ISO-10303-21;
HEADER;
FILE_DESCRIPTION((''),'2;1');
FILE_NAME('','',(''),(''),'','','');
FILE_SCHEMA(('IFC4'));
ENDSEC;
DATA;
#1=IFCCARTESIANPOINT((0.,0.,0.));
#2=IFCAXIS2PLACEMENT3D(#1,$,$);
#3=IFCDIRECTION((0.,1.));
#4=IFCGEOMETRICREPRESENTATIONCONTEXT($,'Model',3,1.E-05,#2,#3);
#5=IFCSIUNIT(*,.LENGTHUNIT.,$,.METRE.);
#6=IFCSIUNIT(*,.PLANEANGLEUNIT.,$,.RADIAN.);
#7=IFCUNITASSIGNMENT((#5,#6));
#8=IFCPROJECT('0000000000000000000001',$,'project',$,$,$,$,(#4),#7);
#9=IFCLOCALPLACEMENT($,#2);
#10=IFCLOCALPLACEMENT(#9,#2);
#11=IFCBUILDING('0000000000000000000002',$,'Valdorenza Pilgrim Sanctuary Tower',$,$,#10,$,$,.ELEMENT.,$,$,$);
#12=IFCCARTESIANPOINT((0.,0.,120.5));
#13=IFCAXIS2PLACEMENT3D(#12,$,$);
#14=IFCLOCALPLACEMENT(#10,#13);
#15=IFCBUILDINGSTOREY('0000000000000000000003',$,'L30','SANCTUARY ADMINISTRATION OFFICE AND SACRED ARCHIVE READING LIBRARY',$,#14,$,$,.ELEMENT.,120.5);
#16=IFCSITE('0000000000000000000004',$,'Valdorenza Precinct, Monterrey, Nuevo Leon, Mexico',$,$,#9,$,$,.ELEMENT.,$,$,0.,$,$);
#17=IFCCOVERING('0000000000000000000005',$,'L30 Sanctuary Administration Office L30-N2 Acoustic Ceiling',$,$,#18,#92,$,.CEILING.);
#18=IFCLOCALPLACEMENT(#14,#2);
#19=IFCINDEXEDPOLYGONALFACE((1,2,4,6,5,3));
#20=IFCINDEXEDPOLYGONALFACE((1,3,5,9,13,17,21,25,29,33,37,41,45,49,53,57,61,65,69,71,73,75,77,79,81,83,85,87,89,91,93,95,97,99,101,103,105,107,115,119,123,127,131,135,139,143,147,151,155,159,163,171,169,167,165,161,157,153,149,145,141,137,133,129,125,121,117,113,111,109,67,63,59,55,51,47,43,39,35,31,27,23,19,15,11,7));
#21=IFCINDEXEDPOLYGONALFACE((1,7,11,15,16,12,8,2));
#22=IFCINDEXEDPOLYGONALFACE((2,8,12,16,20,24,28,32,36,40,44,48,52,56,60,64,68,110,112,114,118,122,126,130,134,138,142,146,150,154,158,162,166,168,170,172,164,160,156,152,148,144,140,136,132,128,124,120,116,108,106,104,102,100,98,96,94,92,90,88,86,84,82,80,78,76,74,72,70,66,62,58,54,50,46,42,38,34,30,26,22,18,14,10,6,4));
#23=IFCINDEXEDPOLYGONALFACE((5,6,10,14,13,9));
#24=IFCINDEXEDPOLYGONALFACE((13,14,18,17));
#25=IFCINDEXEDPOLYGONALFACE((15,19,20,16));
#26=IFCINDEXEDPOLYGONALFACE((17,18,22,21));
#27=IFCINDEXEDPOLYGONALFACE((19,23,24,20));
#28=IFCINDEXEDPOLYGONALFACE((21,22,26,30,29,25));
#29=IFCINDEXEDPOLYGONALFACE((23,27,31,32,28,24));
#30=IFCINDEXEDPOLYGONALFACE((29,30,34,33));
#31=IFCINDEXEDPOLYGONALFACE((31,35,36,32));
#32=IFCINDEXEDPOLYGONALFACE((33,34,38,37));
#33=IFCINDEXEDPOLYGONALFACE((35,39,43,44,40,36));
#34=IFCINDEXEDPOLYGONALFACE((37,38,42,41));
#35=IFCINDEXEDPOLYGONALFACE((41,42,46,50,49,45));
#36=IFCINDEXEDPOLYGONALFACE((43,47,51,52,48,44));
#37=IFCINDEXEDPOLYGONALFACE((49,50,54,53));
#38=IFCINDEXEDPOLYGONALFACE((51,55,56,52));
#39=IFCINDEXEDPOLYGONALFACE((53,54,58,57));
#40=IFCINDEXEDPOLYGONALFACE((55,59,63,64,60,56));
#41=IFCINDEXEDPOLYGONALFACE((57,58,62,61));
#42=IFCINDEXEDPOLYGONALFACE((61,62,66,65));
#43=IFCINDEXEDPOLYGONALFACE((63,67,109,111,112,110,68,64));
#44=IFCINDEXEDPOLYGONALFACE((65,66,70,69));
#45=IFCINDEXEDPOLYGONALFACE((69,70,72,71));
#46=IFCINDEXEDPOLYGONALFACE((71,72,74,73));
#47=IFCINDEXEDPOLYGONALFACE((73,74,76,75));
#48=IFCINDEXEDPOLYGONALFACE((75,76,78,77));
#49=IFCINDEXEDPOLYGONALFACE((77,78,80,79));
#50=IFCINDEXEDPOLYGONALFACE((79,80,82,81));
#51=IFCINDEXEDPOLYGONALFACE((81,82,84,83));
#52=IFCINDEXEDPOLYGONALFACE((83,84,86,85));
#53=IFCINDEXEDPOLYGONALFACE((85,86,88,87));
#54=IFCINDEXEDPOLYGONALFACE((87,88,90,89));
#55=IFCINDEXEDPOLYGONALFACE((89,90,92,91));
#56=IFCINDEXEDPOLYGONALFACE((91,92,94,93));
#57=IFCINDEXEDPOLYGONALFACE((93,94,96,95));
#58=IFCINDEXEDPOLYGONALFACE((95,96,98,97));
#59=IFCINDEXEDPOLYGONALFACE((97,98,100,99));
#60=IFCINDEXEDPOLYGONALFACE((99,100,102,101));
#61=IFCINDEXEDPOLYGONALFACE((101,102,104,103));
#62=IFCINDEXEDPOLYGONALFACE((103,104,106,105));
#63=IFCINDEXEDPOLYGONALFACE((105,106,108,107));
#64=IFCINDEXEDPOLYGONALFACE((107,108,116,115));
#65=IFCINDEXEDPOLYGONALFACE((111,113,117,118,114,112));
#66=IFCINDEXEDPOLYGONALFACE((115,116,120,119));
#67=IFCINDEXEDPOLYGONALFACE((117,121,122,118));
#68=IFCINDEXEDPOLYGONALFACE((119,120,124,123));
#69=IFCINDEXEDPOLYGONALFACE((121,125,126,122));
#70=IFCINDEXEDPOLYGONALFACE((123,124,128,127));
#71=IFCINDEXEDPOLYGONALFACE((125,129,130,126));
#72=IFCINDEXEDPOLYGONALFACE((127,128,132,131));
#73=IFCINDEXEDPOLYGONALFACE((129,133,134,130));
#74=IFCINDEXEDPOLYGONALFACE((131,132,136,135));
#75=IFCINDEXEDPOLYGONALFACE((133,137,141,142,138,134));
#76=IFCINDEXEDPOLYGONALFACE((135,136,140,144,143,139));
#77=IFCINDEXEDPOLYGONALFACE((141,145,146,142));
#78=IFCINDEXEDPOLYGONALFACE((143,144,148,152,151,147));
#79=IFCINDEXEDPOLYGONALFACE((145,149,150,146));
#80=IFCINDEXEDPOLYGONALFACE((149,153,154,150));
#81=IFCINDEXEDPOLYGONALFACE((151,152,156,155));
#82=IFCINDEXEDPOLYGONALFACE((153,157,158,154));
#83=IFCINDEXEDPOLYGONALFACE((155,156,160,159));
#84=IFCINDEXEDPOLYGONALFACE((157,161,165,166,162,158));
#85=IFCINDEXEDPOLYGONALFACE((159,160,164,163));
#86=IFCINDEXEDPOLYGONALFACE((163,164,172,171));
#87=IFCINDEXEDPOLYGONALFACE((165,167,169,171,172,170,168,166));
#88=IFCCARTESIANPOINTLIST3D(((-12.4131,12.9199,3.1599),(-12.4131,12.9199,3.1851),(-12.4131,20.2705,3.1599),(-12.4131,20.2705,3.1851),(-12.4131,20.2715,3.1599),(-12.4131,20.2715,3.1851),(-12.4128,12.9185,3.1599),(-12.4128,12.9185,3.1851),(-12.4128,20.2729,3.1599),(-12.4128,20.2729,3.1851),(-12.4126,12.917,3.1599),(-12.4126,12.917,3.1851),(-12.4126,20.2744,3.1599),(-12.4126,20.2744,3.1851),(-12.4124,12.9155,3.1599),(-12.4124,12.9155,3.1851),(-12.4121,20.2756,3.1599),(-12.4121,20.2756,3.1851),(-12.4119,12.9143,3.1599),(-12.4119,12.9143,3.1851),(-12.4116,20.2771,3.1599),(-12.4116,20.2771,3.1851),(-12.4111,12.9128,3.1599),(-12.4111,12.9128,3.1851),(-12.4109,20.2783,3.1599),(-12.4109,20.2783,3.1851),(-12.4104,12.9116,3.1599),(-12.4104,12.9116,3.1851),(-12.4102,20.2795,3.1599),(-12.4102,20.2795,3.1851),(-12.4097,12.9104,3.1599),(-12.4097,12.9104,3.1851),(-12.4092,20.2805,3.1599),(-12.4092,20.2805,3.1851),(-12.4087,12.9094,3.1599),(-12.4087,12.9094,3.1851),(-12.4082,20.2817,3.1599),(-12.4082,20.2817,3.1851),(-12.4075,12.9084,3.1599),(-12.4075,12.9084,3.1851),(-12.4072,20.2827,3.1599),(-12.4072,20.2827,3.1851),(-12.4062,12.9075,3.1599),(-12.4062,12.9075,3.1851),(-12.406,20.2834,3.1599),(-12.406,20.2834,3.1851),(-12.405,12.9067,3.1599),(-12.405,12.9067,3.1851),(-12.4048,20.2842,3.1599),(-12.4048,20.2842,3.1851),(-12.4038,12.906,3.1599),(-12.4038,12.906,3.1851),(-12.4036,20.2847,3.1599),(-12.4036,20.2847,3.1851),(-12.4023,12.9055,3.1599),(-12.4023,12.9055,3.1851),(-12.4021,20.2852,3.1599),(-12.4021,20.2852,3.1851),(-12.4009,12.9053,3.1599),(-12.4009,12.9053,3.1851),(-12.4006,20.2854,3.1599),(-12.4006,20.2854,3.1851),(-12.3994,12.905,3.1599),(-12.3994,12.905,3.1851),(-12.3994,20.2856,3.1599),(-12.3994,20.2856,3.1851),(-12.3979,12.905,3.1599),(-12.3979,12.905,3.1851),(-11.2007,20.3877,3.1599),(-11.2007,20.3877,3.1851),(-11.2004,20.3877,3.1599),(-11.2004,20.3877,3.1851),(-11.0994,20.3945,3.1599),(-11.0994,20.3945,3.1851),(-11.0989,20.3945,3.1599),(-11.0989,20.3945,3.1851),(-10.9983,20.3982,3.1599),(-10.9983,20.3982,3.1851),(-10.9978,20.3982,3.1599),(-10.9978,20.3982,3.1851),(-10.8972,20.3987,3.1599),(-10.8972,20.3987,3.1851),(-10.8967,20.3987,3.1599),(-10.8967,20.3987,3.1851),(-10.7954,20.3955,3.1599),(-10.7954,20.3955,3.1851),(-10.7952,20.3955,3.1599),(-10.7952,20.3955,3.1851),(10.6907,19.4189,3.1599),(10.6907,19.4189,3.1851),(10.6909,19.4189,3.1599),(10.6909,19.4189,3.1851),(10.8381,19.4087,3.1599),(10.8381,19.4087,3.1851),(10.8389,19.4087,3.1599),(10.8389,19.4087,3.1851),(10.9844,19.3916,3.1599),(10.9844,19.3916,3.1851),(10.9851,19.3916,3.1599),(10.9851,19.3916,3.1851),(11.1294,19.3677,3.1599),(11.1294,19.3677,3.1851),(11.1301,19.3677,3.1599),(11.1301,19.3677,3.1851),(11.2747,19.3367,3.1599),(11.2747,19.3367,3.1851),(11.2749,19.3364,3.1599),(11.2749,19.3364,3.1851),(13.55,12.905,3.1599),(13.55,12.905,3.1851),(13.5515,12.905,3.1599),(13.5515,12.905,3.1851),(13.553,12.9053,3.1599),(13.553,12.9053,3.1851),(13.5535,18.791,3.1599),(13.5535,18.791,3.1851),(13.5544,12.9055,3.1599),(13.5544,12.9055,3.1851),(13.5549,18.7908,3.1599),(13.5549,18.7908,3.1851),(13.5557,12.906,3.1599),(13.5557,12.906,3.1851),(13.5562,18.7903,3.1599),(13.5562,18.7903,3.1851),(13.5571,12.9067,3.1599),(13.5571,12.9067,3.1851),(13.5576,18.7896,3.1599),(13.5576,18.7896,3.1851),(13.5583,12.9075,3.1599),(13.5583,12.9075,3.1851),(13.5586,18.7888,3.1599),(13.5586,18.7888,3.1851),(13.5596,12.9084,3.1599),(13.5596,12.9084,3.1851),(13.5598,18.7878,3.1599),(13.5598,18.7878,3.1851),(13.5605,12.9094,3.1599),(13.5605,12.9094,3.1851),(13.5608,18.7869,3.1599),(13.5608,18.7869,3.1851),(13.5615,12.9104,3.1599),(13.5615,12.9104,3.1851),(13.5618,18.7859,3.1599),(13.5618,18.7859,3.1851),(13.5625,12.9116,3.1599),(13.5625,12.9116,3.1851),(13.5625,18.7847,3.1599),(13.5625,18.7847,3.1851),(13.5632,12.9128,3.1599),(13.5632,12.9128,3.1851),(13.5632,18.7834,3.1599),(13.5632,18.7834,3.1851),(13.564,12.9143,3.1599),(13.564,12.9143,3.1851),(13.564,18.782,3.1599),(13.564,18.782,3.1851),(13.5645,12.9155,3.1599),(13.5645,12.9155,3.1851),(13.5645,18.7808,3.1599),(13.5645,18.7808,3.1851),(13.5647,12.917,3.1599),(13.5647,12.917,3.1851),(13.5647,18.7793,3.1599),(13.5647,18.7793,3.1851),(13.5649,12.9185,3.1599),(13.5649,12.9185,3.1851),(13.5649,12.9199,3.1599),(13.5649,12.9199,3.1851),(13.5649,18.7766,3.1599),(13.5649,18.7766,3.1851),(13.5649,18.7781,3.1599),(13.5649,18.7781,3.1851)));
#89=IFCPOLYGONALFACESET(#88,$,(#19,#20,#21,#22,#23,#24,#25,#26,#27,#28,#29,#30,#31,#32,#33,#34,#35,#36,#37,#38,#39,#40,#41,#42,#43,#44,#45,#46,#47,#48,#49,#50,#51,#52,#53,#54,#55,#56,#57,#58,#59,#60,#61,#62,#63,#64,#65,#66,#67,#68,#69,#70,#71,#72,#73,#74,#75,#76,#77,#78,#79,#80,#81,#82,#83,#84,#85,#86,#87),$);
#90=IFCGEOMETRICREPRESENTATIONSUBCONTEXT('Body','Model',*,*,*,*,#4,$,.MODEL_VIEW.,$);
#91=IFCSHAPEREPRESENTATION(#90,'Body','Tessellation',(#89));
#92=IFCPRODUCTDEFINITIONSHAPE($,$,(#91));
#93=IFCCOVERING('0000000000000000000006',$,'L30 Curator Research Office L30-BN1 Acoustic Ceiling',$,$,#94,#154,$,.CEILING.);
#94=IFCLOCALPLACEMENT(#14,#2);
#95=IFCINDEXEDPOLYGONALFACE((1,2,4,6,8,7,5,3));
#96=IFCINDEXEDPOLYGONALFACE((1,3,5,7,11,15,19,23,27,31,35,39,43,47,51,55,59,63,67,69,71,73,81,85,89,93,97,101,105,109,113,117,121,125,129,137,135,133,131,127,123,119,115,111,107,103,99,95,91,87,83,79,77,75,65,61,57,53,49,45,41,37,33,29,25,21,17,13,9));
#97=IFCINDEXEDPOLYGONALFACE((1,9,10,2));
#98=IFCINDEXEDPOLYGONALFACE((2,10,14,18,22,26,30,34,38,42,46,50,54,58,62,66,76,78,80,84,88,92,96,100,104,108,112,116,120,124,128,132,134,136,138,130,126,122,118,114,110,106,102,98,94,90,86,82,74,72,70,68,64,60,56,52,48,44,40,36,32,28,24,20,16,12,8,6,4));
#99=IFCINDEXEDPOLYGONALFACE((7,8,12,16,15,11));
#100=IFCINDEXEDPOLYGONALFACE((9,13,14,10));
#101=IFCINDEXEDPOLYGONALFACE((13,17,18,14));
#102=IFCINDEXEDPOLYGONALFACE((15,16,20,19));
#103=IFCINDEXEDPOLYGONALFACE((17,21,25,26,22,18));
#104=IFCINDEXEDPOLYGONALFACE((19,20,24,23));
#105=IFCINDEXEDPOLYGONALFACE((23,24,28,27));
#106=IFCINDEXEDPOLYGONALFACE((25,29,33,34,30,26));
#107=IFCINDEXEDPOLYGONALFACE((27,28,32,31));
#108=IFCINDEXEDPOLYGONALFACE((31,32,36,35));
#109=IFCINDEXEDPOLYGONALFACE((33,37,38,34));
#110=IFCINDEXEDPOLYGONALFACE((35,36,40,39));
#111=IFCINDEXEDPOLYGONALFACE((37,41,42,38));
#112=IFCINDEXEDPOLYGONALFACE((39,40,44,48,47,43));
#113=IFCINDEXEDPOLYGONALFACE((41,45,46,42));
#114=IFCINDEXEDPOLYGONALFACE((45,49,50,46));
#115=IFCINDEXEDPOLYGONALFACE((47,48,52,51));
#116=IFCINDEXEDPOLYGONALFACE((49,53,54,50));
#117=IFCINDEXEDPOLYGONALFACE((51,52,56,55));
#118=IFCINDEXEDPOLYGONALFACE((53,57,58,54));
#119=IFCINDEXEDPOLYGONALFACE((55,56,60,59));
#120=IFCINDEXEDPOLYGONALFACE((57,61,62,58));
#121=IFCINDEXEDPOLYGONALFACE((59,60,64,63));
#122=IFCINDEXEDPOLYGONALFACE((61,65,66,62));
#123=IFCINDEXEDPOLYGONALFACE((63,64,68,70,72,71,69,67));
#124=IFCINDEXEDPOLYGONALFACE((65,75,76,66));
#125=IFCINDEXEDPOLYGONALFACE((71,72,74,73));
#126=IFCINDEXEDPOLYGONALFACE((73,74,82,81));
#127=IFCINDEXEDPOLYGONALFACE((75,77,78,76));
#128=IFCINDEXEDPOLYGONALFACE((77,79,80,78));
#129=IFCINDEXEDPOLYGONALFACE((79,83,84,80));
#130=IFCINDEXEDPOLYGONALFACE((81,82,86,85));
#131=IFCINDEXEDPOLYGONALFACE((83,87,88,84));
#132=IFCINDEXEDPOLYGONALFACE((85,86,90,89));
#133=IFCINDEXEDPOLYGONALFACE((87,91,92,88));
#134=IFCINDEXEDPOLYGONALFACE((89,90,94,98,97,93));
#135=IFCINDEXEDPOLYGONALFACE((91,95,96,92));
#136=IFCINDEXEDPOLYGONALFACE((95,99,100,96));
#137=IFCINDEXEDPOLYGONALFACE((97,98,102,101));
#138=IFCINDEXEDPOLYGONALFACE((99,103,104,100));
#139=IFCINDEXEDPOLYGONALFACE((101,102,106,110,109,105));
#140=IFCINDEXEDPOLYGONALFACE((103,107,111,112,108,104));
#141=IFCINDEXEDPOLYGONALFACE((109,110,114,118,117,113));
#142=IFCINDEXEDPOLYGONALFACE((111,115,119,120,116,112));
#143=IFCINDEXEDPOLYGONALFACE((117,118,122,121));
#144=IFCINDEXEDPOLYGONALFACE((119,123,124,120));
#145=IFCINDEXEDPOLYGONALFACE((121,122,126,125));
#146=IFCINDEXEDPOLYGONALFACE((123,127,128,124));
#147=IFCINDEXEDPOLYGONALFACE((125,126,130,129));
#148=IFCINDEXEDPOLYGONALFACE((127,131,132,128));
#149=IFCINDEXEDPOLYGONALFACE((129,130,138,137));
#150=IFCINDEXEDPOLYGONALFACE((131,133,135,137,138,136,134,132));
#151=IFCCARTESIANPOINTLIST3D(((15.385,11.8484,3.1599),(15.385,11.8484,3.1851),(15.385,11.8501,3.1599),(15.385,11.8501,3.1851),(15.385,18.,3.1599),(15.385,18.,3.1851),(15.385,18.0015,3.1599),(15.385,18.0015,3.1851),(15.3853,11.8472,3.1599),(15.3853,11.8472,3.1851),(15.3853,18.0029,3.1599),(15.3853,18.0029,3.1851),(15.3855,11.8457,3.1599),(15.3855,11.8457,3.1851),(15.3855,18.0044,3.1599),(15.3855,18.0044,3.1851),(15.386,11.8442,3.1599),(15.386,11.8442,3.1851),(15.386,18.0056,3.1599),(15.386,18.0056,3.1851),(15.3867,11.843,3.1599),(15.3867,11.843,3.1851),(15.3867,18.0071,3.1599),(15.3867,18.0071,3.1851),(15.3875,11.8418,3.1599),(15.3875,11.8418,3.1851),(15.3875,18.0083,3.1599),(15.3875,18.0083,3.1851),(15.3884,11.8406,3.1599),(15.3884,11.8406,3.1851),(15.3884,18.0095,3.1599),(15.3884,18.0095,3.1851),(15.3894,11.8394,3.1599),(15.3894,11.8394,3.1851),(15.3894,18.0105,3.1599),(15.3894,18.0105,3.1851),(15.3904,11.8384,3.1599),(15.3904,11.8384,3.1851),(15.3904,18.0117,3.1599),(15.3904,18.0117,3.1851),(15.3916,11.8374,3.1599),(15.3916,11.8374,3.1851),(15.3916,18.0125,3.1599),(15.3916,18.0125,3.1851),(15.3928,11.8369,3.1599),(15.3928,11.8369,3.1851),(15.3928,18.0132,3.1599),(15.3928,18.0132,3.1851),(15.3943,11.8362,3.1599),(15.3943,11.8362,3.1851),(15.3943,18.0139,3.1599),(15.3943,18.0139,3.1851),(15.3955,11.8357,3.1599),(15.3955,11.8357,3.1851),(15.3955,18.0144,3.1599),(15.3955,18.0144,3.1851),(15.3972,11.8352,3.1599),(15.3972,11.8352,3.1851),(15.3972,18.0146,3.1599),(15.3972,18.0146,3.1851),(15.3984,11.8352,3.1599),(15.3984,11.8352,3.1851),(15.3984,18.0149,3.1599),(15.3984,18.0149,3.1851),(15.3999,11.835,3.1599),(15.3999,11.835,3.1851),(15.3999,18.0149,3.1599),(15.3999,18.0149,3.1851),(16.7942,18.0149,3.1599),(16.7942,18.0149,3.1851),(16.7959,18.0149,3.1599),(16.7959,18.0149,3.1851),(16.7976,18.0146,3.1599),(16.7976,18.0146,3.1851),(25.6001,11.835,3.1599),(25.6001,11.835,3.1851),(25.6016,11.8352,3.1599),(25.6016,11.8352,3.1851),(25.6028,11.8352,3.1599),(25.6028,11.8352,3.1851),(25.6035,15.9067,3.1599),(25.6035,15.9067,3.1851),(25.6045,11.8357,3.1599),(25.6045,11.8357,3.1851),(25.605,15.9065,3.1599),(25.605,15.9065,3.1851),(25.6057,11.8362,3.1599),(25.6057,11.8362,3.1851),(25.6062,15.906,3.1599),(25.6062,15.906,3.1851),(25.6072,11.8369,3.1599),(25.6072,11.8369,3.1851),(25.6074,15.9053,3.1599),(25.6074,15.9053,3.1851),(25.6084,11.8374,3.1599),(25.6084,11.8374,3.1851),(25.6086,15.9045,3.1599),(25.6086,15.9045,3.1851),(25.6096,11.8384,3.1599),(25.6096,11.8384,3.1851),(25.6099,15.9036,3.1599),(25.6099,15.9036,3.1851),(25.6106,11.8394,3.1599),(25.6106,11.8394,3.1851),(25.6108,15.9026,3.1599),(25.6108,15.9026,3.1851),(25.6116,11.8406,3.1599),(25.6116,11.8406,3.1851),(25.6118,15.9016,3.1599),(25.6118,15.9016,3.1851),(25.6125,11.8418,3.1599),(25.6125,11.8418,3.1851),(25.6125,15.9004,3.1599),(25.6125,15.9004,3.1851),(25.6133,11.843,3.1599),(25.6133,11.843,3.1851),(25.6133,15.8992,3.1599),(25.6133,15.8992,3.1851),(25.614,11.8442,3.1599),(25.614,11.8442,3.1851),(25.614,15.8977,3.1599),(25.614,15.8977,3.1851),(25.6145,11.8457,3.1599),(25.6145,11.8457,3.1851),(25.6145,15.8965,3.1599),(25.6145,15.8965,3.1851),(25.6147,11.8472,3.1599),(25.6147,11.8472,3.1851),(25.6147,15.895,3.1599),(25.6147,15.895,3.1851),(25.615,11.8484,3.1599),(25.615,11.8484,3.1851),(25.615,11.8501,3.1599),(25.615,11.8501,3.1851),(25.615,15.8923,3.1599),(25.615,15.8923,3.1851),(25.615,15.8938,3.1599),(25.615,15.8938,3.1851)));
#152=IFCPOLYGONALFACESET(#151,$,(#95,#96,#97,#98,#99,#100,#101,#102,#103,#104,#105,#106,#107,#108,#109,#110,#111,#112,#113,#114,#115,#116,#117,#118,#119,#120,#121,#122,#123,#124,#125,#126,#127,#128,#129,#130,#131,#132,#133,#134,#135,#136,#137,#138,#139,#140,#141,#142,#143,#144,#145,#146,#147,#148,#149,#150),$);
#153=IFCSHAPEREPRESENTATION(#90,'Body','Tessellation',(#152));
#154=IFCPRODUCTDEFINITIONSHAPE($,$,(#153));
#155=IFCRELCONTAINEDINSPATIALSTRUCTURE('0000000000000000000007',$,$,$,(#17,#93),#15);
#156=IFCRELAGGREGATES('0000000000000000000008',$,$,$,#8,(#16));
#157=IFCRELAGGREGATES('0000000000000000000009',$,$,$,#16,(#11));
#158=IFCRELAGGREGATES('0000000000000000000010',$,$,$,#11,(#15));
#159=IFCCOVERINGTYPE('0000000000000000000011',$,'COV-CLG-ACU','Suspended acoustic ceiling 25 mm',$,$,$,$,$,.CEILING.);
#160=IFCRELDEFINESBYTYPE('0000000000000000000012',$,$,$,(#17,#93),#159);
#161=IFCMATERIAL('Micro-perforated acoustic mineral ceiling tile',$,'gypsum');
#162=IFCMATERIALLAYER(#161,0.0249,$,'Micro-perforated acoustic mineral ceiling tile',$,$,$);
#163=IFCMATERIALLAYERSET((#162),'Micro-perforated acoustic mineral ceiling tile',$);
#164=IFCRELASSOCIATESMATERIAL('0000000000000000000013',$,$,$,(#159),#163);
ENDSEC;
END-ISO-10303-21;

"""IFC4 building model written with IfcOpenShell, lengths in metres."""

from ifc_helpers import new_model, si_unit, direction, frame, origin, place, context, subcontext, project, spatial, polyline, outline, extrude, material, layer, layer_set, type_object, element, save


model = new_model("IFC4")

# Units and contexts
model_context = context("Model", 3, precision=1e-05, world=origin(), true_north=direction((0.0, 1.0)))
body_context = subcontext(model_context, "Body", "Model", "MODEL_VIEW")
ifc_project = project(units=[si_unit("LENGTHUNIT", "METRE"), si_unit("PLANEANGLEUNIT", "RADIAN")], contexts=[model_context])

# Site, building, storey
site_placement = place(None, origin())
site = spatial("IfcSite", under=ifc_project, at=site_placement, Name="Valdorenza Precinct, Monterrey, Nuevo Leon, Mexico", CompositionType="ELEMENT", RefElevation=0.0)
building_placement = place(site_placement, origin())
building = spatial("IfcBuilding", under=site, at=building_placement, Name="Valdorenza Pilgrim Sanctuary Tower", CompositionType="ELEMENT")
storey_placement = place(building_placement, frame((0.0, 0.0, 120.5)))
storey = spatial("IfcBuildingStorey", under=building, at=storey_placement, Name="L30", Description="SANCTUARY ADMINISTRATION OFFICE AND SACRED ARCHIVE READING LIBRARY", CompositionType="ELEMENT", Elevation=120.5)

# Coverings
ifc_material_1 = material(Name="Micro-perforated acoustic mineral ceiling tile", Category="gypsum")
ifc_layer_1 = layer(ifc_material_1, 0.0249, Name="Micro-perforated acoustic mineral ceiling tile")
ifc_layer_set_1 = layer_set([ifc_layer_1], Name="Micro-perforated acoustic mineral ceiling tile")
covering_type_1 = type_object("IfcCoveringType", Name="COV-CLG-ACU", Description="Suspended acoustic ceiling 25 mm", PredefinedType="CEILING", material=ifc_layer_set_1)
covering_1_placement = place(storey_placement, frame((0.0, 0.0, 3.1599)))
element("IfcCovering", 1, at=covering_1_placement, inside=storey, type_object=covering_type_1, Name="L30 Sanctuary Administration Office L30-N2 Acoustic Ceiling", PredefinedType="CEILING", context=body_context, shape_type="SweptSolid", body=[
    extrude(outline(polyline([(-12.4131, 20.2705), (-12.4131, 20.2715), (-12.4128, 20.2729), (-12.4126, 20.2744), (-12.4121, 20.2756), (-12.4116, 20.2771), (-12.4109, 20.2783), (-12.4102, 20.2795), (-12.4092, 20.2805), (-12.4082, 20.2817), (-12.4072, 20.2827), (-12.406, 20.2834), (-12.4048, 20.2842), (-12.4036, 20.2847), (-12.4021, 20.2852), (-12.4006, 20.2854), (-12.3994, 20.2856), (-11.2007, 20.3877), (-11.2004, 20.3877), (-11.0994, 20.3945), (-11.0989, 20.3945), (-10.9983, 20.3982), (-10.9978, 20.3982), (-10.8972, 20.3987), (-10.8967, 20.3987), (-10.7954, 20.3955), (-10.7952, 20.3955), (10.6907, 19.4189), (10.6909, 19.4189), (10.8381, 19.4087), (10.8389, 19.4087), (10.9844, 19.3916), (10.9851, 19.3916), (11.1294, 19.3677), (11.1301, 19.3677), (11.2747, 19.3367), (11.2749, 19.3364), (13.5535, 18.791), (13.5549, 18.7908), (13.5562, 18.7903), (13.5576, 18.7896), (13.5586, 18.7888), (13.5598, 18.7878), (13.5608, 18.7869), (13.5618, 18.7859), (13.5625, 18.7847), (13.5632, 18.7834), (13.564, 18.782), (13.5645, 18.7808), (13.5647, 18.7793), (13.5649, 18.7781), (13.5649, 18.7766), (13.5649, 12.9199), (13.5649, 12.9185), (13.5647, 12.917), (13.5645, 12.9155), (13.564, 12.9143), (13.5632, 12.9128), (13.5625, 12.9116), (13.5615, 12.9104), (13.5605, 12.9094), (13.5596, 12.9084), (13.5583, 12.9075), (13.5571, 12.9067), (13.5557, 12.906), (13.5544, 12.9055), (13.553, 12.9053), (13.5515, 12.905), (13.55, 12.905), (-12.3979, 12.905), (-12.3994, 12.905), (-12.4009, 12.9053), (-12.4023, 12.9055), (-12.4038, 12.906), (-12.405, 12.9067), (-12.4062, 12.9075), (-12.4075, 12.9084), (-12.4087, 12.9094), (-12.4097, 12.9104), (-12.4104, 12.9116), (-12.4111, 12.9128), (-12.4119, 12.9143), (-12.4124, 12.9155), (-12.4126, 12.917), (-12.4128, 12.9185), (-12.4131, 12.9199), (-12.4131, 20.2705), (-12.4131, 20.2705)])), origin(), (0.0, 0.0, 1.0), 0.0251),
])
covering_2_placement = place(storey_placement, frame((0.0, 0.0, 3.1599)))
element("IfcCovering", 2, at=covering_2_placement, inside=storey, type_object=covering_type_1, Name="L30 Curator Research Office L30-BN1 Acoustic Ceiling", PredefinedType="CEILING", context=body_context, shape_type="SweptSolid", body=[
    extrude(outline(polyline([(15.3999, 11.835), (15.3984, 11.8352), (15.3972, 11.8352), (15.3955, 11.8357), (15.3943, 11.8362), (15.3928, 11.8369), (15.3916, 11.8374), (15.3904, 11.8384), (15.3894, 11.8394), (15.3884, 11.8406), (15.3875, 11.8418), (15.3867, 11.843), (15.386, 11.8442), (15.3855, 11.8457), (15.3853, 11.8472), (15.385, 11.8484), (15.385, 11.8501), (15.385, 18.0), (15.385, 18.0015), (15.3853, 18.0029), (15.3855, 18.0044), (15.386, 18.0056), (15.3867, 18.0071), (15.3875, 18.0083), (15.3884, 18.0095), (15.3894, 18.0105), (15.3904, 18.0117), (15.3916, 18.0125), (15.3928, 18.0132), (15.3943, 18.0139), (15.3955, 18.0144), (15.3972, 18.0146), (15.3984, 18.0149), (15.3999, 18.0149), (16.7942, 18.0149), (16.7959, 18.0149), (16.7976, 18.0146), (25.6035, 15.9067), (25.605, 15.9065), (25.6062, 15.906), (25.6074, 15.9053), (25.6086, 15.9045), (25.6099, 15.9036), (25.6108, 15.9026), (25.6118, 15.9016), (25.6125, 15.9004), (25.6133, 15.8992), (25.614, 15.8977), (25.6145, 15.8965), (25.6147, 15.895), (25.615, 15.8938), (25.615, 15.8923), (25.615, 11.8501), (25.615, 11.8484), (25.6147, 11.8472), (25.6145, 11.8457), (25.614, 11.8442), (25.6133, 11.843), (25.6125, 11.8418), (25.6116, 11.8406), (25.6106, 11.8394), (25.6096, 11.8384), (25.6084, 11.8374), (25.6072, 11.8369), (25.6057, 11.8362), (25.6045, 11.8357), (25.6028, 11.8352), (25.6016, 11.8352), (25.6001, 11.835), (15.3999, 11.835)])), origin(), (0.0, 0.0, 1.0), 0.0251),
])

save(model, "model.ifc")
